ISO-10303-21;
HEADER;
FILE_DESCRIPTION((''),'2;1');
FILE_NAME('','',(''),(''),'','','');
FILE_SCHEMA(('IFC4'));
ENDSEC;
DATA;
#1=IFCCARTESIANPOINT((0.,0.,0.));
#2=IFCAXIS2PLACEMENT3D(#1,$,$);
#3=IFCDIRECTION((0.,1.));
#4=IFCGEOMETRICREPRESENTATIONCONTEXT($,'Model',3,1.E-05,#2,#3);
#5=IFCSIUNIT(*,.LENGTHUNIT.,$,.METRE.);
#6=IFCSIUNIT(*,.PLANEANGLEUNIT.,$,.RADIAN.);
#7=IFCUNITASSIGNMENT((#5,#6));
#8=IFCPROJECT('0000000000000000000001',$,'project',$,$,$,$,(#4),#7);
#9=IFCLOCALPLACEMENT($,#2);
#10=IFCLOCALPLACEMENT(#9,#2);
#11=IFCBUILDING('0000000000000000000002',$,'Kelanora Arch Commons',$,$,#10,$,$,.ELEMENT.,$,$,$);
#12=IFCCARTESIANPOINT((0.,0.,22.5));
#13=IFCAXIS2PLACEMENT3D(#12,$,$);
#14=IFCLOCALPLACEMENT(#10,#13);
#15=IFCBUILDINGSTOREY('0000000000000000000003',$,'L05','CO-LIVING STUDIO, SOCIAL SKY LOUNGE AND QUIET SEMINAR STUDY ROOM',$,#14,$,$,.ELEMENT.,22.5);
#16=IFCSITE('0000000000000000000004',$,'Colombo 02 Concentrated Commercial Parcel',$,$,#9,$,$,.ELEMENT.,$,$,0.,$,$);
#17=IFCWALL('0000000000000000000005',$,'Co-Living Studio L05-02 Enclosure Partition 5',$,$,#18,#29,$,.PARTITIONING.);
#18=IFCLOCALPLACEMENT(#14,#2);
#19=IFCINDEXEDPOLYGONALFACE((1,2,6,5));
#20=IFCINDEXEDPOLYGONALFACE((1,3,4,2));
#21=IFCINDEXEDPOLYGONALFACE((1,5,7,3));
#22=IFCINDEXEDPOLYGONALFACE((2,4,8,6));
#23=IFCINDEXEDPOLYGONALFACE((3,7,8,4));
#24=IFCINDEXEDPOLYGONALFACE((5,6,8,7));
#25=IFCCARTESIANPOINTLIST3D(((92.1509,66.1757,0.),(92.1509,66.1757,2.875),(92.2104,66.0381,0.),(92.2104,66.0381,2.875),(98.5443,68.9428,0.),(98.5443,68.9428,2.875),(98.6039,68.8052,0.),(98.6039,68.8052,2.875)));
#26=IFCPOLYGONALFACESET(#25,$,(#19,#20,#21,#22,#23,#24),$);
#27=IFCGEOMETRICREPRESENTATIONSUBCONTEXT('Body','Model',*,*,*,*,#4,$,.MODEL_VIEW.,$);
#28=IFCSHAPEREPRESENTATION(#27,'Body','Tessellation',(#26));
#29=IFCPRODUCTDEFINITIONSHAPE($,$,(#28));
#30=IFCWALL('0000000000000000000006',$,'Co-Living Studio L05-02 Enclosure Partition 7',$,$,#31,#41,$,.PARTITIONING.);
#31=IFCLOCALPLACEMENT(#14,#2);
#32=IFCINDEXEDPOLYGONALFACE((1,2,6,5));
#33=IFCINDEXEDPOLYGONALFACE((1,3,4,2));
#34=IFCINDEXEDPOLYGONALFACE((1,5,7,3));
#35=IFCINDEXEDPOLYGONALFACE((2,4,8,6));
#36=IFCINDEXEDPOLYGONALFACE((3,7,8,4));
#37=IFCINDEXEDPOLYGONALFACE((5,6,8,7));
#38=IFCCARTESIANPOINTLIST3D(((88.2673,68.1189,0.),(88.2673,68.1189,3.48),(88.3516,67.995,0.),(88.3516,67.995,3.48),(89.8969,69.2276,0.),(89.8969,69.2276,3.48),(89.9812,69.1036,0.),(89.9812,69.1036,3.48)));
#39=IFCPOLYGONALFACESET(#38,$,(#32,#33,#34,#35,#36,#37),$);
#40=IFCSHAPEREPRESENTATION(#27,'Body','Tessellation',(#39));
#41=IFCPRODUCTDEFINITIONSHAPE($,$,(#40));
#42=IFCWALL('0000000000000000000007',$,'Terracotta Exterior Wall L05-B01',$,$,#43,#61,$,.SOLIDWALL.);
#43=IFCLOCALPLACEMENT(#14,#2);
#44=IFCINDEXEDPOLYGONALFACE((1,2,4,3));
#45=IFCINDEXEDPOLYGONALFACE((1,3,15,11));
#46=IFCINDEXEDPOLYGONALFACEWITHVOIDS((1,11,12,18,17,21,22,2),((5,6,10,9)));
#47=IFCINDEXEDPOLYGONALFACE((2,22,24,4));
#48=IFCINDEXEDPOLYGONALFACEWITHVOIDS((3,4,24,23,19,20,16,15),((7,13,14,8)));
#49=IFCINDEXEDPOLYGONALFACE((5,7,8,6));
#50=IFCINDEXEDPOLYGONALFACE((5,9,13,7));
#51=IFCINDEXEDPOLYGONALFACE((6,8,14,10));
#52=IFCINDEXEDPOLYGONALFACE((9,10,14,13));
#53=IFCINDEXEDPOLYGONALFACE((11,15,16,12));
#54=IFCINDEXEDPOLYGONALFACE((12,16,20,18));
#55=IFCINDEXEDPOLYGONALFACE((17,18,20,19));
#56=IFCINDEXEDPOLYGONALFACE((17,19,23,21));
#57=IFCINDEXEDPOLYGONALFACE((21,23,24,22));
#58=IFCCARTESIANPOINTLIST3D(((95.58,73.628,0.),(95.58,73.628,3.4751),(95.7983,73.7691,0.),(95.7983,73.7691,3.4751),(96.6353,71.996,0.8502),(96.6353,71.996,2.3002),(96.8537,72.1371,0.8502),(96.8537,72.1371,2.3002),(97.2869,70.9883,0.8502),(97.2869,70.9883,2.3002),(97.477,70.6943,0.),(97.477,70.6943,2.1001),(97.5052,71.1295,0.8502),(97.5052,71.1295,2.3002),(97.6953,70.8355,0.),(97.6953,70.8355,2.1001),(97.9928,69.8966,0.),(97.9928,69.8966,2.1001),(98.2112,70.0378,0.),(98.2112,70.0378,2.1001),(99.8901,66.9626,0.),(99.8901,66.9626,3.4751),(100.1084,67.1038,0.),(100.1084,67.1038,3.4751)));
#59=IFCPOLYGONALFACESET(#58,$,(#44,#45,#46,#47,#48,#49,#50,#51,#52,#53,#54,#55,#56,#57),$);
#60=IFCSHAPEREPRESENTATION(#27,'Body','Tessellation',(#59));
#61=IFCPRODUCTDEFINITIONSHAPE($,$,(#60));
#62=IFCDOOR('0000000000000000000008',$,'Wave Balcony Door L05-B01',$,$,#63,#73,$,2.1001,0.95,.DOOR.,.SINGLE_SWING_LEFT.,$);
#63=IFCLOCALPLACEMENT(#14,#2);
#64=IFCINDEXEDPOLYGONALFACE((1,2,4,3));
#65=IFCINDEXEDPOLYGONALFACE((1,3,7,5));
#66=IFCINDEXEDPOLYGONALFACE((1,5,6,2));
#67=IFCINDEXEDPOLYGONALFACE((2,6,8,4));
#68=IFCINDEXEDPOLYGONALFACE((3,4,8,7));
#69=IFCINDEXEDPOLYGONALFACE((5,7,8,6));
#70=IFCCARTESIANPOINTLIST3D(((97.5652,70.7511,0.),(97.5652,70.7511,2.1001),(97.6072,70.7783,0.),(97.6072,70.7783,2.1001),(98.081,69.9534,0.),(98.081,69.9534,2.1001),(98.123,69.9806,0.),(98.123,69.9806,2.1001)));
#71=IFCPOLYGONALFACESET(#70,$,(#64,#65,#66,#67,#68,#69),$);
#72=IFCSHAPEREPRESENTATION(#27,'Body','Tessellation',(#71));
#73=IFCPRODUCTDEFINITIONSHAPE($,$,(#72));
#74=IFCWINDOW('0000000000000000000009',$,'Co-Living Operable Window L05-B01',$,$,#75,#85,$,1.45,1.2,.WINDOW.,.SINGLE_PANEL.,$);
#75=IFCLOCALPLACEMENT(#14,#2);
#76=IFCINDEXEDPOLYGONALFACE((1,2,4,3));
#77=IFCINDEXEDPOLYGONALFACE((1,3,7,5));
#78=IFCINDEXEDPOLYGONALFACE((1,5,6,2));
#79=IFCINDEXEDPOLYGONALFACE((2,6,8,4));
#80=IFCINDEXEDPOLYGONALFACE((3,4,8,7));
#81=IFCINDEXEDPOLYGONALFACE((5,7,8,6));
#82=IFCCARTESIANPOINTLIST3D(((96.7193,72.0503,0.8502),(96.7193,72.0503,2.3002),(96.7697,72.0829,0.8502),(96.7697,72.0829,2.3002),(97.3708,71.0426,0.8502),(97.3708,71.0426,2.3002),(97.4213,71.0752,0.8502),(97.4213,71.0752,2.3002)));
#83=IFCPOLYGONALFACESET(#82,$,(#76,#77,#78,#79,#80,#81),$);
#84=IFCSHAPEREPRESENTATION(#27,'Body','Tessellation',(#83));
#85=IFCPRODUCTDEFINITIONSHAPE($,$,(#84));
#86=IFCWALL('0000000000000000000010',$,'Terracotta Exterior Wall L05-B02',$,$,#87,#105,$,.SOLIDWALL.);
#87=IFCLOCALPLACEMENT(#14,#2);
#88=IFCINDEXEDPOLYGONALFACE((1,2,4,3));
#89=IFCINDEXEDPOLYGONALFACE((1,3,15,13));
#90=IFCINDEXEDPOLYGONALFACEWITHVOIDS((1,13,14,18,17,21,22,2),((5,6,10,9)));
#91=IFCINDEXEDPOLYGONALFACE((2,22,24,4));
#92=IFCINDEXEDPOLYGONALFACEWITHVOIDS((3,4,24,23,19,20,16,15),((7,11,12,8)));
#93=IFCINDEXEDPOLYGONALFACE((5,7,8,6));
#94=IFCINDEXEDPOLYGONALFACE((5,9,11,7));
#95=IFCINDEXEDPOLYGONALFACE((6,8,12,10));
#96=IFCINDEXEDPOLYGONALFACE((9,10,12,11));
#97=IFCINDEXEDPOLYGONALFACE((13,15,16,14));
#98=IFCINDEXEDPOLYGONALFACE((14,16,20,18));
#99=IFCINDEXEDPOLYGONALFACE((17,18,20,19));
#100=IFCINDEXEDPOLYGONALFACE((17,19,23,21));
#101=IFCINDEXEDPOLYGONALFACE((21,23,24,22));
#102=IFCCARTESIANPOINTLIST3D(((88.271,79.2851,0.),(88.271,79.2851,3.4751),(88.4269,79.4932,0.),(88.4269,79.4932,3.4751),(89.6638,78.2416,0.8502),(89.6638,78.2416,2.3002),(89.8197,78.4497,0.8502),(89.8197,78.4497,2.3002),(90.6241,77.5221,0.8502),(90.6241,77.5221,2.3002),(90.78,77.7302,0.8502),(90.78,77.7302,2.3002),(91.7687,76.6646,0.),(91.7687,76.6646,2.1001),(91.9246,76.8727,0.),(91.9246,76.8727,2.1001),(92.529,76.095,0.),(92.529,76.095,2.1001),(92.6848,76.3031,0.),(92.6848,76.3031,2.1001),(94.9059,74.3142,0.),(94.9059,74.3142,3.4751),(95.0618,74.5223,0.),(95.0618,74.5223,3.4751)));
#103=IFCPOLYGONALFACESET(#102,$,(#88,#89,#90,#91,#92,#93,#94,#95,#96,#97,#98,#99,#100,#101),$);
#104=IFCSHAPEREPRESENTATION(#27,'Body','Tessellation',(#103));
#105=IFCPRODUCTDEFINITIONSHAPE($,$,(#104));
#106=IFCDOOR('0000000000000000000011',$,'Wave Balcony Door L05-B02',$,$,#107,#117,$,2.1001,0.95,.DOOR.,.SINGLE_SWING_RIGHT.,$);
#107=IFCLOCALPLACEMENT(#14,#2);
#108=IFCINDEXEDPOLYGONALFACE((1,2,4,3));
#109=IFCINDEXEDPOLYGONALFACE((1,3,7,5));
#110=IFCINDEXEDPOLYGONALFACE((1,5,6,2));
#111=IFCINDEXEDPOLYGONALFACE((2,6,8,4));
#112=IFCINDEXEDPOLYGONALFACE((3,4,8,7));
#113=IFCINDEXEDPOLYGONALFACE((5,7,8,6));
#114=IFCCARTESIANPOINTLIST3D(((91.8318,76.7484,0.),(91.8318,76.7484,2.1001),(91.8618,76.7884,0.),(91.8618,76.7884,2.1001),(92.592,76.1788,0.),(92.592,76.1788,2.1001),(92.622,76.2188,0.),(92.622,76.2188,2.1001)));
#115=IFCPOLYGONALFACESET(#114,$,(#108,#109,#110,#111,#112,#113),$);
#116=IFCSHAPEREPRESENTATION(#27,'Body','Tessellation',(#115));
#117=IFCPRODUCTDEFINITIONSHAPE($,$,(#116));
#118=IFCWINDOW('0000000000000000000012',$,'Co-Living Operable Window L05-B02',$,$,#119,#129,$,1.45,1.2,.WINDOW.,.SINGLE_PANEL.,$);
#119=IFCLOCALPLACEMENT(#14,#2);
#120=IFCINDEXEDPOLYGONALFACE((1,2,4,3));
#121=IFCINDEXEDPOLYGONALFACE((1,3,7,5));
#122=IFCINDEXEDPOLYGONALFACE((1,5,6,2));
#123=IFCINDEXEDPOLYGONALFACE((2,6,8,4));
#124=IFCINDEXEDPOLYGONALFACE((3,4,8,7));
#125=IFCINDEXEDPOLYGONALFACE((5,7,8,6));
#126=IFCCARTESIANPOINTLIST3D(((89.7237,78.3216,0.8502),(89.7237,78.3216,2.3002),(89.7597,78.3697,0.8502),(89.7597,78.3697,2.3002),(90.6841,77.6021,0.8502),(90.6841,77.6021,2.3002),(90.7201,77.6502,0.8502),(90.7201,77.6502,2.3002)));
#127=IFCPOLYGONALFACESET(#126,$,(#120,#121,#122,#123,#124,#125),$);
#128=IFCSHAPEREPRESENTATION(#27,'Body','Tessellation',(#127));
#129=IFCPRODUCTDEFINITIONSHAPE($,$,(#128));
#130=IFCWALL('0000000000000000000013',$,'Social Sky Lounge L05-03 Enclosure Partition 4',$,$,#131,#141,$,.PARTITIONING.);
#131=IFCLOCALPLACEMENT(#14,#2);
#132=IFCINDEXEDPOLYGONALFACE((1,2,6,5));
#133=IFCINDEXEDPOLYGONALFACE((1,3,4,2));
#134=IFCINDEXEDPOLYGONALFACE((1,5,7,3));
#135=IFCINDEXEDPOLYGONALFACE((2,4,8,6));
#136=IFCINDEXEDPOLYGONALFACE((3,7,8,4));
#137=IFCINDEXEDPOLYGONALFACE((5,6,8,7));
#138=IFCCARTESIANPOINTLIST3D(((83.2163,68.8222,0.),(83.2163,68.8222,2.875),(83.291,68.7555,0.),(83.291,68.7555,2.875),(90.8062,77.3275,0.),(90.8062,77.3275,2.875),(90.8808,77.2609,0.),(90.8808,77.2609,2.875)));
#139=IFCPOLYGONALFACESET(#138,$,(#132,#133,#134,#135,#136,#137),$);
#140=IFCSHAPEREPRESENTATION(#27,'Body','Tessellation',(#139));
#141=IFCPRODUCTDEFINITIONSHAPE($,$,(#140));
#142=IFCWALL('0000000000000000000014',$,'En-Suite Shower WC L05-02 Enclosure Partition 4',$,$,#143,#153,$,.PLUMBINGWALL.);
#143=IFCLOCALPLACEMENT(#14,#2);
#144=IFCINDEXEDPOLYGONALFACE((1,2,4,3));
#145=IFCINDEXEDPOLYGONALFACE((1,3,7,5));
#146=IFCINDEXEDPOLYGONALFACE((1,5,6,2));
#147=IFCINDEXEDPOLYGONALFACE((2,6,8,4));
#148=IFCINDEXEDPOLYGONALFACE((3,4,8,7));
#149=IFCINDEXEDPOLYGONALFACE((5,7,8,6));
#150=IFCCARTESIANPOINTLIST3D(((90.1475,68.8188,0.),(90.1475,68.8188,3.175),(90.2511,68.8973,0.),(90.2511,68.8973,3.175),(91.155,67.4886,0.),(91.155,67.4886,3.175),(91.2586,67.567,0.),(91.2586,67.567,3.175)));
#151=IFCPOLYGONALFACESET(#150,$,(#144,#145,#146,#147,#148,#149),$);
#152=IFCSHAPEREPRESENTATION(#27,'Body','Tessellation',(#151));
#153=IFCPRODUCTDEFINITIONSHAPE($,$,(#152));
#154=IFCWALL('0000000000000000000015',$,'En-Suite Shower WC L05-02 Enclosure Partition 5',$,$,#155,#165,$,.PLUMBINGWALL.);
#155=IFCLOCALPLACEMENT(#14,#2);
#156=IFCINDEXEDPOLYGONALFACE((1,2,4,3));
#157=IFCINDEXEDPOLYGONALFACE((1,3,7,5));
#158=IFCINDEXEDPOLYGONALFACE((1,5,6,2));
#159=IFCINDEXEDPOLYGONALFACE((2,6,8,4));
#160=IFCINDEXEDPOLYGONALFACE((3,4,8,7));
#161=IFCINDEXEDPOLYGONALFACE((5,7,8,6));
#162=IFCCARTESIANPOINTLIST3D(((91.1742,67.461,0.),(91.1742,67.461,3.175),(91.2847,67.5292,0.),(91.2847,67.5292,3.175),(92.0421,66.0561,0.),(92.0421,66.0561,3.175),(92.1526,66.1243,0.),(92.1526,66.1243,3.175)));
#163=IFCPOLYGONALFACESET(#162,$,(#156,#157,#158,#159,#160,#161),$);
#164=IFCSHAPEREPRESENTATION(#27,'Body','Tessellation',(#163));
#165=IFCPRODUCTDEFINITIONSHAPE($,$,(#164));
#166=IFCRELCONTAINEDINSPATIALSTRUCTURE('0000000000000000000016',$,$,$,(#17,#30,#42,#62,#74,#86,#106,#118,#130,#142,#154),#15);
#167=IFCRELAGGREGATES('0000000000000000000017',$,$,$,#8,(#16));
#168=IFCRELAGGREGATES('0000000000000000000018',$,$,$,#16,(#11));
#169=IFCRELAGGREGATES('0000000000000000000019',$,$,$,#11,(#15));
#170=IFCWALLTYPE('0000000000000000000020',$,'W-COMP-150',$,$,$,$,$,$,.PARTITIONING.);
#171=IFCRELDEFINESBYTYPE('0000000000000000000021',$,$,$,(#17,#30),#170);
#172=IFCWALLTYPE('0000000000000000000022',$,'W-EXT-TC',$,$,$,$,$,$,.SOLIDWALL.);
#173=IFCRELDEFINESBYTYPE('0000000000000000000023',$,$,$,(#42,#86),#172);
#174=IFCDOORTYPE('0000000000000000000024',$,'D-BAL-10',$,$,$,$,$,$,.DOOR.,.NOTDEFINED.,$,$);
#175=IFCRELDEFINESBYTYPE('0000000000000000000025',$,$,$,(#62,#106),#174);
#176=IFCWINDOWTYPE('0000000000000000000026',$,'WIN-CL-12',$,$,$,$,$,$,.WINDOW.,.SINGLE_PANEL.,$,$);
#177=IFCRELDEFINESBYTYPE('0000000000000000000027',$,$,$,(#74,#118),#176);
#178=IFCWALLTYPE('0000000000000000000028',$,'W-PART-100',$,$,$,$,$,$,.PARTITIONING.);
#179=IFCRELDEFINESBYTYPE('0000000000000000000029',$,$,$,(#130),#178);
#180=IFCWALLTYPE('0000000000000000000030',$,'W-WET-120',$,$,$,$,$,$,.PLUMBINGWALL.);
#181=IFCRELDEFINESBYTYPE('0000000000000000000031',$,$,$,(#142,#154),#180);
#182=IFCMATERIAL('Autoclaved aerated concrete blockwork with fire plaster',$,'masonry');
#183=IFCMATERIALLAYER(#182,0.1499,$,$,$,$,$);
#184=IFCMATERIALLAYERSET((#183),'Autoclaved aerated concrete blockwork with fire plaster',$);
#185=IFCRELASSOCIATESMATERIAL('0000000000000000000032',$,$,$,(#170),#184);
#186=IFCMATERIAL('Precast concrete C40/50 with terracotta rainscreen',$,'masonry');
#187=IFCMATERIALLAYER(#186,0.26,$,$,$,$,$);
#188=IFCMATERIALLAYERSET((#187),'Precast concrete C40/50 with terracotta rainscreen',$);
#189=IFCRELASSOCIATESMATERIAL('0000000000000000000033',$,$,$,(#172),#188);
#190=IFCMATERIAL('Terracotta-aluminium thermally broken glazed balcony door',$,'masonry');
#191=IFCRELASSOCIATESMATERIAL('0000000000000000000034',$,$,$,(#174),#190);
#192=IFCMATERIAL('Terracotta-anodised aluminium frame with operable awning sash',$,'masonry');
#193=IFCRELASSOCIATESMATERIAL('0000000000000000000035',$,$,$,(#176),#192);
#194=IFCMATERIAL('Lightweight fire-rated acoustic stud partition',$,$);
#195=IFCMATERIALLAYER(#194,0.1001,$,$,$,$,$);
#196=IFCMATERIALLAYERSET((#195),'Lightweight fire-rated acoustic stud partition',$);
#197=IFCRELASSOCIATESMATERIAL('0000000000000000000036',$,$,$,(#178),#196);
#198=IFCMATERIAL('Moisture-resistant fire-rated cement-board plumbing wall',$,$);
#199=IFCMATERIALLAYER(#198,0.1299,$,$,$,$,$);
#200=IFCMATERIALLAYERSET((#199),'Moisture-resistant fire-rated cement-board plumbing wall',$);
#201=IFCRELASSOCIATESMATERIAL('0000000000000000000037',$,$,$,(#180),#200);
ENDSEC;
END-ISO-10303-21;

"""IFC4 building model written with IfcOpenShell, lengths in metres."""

from ifc_helpers import new_model, si_unit, direction, frame, frame_2d, origin, place, context, subcontext, project, spatial, rectangle, extrude, material, layer, layer_set, type_object, element, fill, save


model = new_model("IFC4")

# Units and contexts
model_context = context("Model", 3, precision=1e-05, world=origin(), true_north=direction((0.0, 1.0)))
body_context = subcontext(model_context, "Body", "Model", "MODEL_VIEW")
ifc_project = project(units=[si_unit("LENGTHUNIT", "METRE"), si_unit("PLANEANGLEUNIT", "RADIAN")], contexts=[model_context])

# Site, building, storey
site_placement = place(None, origin())
site = spatial("IfcSite", under=ifc_project, at=site_placement, Name="Colombo 02 Concentrated Commercial Parcel", CompositionType="ELEMENT", RefElevation=0.0)
building_placement = place(site_placement, origin())
building = spatial("IfcBuilding", under=site, at=building_placement, Name="Kelanora Arch Commons", CompositionType="ELEMENT")
storey_placement = place(building_placement, frame((0.0, 0.0, 22.5)))
storey = spatial("IfcBuildingStorey", under=building, at=storey_placement, Name="L05", Description="CO-LIVING STUDIO, SOCIAL SKY LOUNGE AND QUIET SEMINAR STUDY ROOM", CompositionType="ELEMENT", Elevation=22.5)

# Walls
ifc_material_1 = material(Name="Autoclaved aerated concrete blockwork with fire plaster", Category="masonry")
ifc_layer_1 = layer(ifc_material_1, 0.1499)
ifc_layer_set_1 = layer_set([ifc_layer_1], Name="Autoclaved aerated concrete blockwork with fire plaster")
wall_type_1 = type_object("IfcWallType", Name="W-COMP-150", PredefinedType="PARTITIONING", material=ifc_layer_set_1)
wall_1_placement = place(storey_placement, frame((98.5742, 68.874, 0.0), z_axis=(0.0, 0.0, 1.0), x_axis=(-0.917736, -0.39719, 0.0)))
element("IfcWall", 1, at=wall_1_placement, inside=storey, type_object=wall_type_1, Name="Co-Living Studio L05-02 Enclosure Partition 5", PredefinedType="PARTITIONING", context=body_context, shape_type="SweptSolid", body=[
    extrude(rectangle(XDim=6.9666, YDim=0.1499, at=frame_2d((3.4834, 0.0))), origin(), (0.0, 0.0, 1.0), 2.875),
])
wall_2_placement = place(storey_placement, frame((89.939, 69.1655, 0.0), z_axis=(0.0, 0.0, 1.0), x_axis=(-0.826811, -0.562479, 0.0)))
element("IfcWall", 2, at=wall_2_placement, inside=storey, type_object=wall_type_1, Name="Co-Living Studio L05-02 Enclosure Partition 7", PredefinedType="PARTITIONING", context=body_context, shape_type="SweptSolid", body=[
    extrude(rectangle(XDim=1.9709, YDim=0.1499, at=frame_2d((0.9854, 0.0))), origin(), (0.0, 0.0, 1.0), 3.48),
])

# Walls, openings, doors, windows
ifc_material_2 = material(Name="Precast concrete C40/50 with terracotta rainscreen", Category="masonry")
ifc_layer_2 = layer(ifc_material_2, 0.26)
ifc_layer_set_2 = layer_set([ifc_layer_2], Name="Precast concrete C40/50 with terracotta rainscreen")
wall_type_2 = type_object("IfcWallType", Name="W-EXT-TC", PredefinedType="SOLIDWALL", material=ifc_layer_set_2)
wall_3_placement = place(storey_placement, frame((99.9993, 67.0332, 0.0), z_axis=(0.0, 0.0, 1.0), x_axis=(-0.543005, 0.839729, 0.0)))
wall_3 = element("IfcWall", 3, at=wall_3_placement, inside=storey, type_object=wall_type_2, Name="Terracotta Exterior Wall L05-B01", PredefinedType="SOLIDWALL", context=body_context, shape_type="SweptSolid", body=[
    extrude(rectangle(XDim=7.9375, YDim=0.26, at=frame_2d((3.9688, 0.0))), origin(), (0.0, 0.0, 1.0), 3.4751),
])
opening_1_placement = place(wall_3_placement, frame((3.4939, 0.0, 0.0)))
opening_1 = element("IfcOpeningElement", 4, at=opening_1_placement, cuts=wall_3, PredefinedType="OPENING", context=body_context, shape_type="SweptSolid", body=[
    extrude(rectangle(XDim=0.95, YDim=2.1001, at=frame_2d((0.4751, 1.05))), frame((0.0, 0.1401, 0.0), z_axis=(0.0, -1.0, 0.0), x_axis=(1.0, 0.0, 0.0)), (0.0, 0.0, 1.0), 0.28),
])
opening_2_placement = place(wall_3_placement, frame((4.7939, 0.0, 0.8501)))
opening_2 = element("IfcOpeningElement", 5, at=opening_2_placement, cuts=wall_3, PredefinedType="OPENING", context=body_context, shape_type="SweptSolid", body=[
    extrude(rectangle(XDim=1.2, YDim=1.45, at=frame_2d((0.6001, 0.7251))), frame((0.0, 0.1401, 0.0), z_axis=(0.0, -1.0, 0.0), x_axis=(1.0, 0.0, 0.0)), (0.0, 0.0, 1.0), 0.28),
])
ifc_material_3 = material(Name="Terracotta-aluminium thermally broken glazed balcony door", Category="masonry")
door_type = type_object("IfcDoorType", Name="D-BAL-10", OperationType="NOTDEFINED", PredefinedType="DOOR", material=ifc_material_3)
door_1_placement = place(opening_1_placement, frame((0.95, 0.0, 0.0), z_axis=(0.0, 0.0, 1.0), x_axis=(-1.0, 0.0, 0.0)))
door_1 = element("IfcDoor", 6, at=door_1_placement, inside=storey, type_object=door_type, Name="Wave Balcony Door L05-B01", OperationType="SINGLE_SWING_LEFT", OverallHeight=2.1001, OverallWidth=0.95, PredefinedType="DOOR", context=body_context, shape_type="SweptSolid", body=[
    extrude(rectangle(XDim=0.95, YDim=2.1001, at=frame_2d((0.4751, 1.05))), frame((0.0, 0.0249, 0.0), z_axis=(0.0, -1.0, 0.0), x_axis=(1.0, 0.0, 0.0)), (0.0, 0.0, 1.0), 0.05),
])
fill(opening_1, door_1)
ifc_material_4 = material(Name="Terracotta-anodised aluminium frame with operable awning sash", Category="masonry")
window_type = type_object("IfcWindowType", Name="WIN-CL-12", PartitioningType="SINGLE_PANEL", PredefinedType="WINDOW", material=ifc_material_4)
window_1_placement = place(opening_2_placement, origin())
window_1 = element("IfcWindow", 7, at=window_1_placement, inside=storey, type_object=window_type, Name="Co-Living Operable Window L05-B01", OverallHeight=1.45, OverallWidth=1.2, PartitioningType="SINGLE_PANEL", PredefinedType="WINDOW", context=body_context, shape_type="SweptSolid", body=[
    extrude(rectangle(XDim=1.2, YDim=1.45, at=frame_2d((0.6001, 0.7251))), frame((0.0, 0.03, 0.0), z_axis=(0.0, -1.0, 0.0), x_axis=(1.0, 0.0, 0.0)), (0.0, 0.0, 1.0), 0.0601),
])
fill(opening_2, window_1)
wall_4_placement = place(storey_placement, frame((94.9839, 74.4182, 0.0), z_axis=(0.0, 0.0, 1.0), x_axis=(-0.800307, 0.59959, 0.0)))
wall_4 = element("IfcWall", 8, at=wall_4_placement, inside=storey, type_object=wall_type_2, Name="Terracotta Exterior Wall L05-B02", PredefinedType="SOLIDWALL", context=body_context, shape_type="SweptSolid", body=[
    extrude(rectangle(XDim=8.2905, YDim=0.26, at=frame_2d((4.1453, 0.0))), origin(), (0.0, 0.0, 1.0), 3.4751),
])
opening_3_placement = place(wall_4_placement, frame((2.97, 0.0, 0.0)))
opening_3 = element("IfcOpeningElement", 9, at=opening_3_placement, cuts=wall_4, PredefinedType="OPENING", context=body_context, shape_type="SweptSolid", body=[
    extrude(rectangle(XDim=0.95, YDim=2.1001, at=frame_2d((0.4751, 1.05))), frame((0.0, 0.1401, 0.0), z_axis=(0.0, -1.0, 0.0), x_axis=(1.0, 0.0, 0.0)), (0.0, 0.0, 1.0), 0.28),
])
opening_4_placement = place(wall_4_placement, frame((5.3501, 0.0, 0.8501)))
opening_4 = element("IfcOpeningElement", 10, at=opening_4_placement, cuts=wall_4, PredefinedType="OPENING", context=body_context, shape_type="SweptSolid", body=[
    extrude(rectangle(XDim=1.2, YDim=1.45, at=frame_2d((0.6001, 0.7251))), frame((0.0, 0.1401, 0.0), z_axis=(0.0, -1.0, 0.0), x_axis=(1.0, 0.0, 0.0)), (0.0, 0.0, 1.0), 0.28),
])
door_2_placement = place(opening_3_placement, frame((0.95, 0.0, 0.0), z_axis=(0.0, 0.0, 1.0), x_axis=(-1.0, 0.0, 0.0)))
door_2 = element("IfcDoor", 11, at=door_2_placement, inside=storey, type_object=door_type, Name="Wave Balcony Door L05-B02", OperationType="SINGLE_SWING_RIGHT", OverallHeight=2.1001, OverallWidth=0.95, PredefinedType="DOOR", context=body_context, shape_type="SweptSolid", body=[
    extrude(rectangle(XDim=0.95, YDim=2.1001, at=frame_2d((0.4751, 1.05))), frame((0.0, 0.0249, 0.0), z_axis=(0.0, -1.0, 0.0), x_axis=(1.0, 0.0, 0.0)), (0.0, 0.0, 1.0), 0.05),
])
fill(opening_3, door_2)
window_2_placement = place(opening_4_placement, origin())
window_2 = element("IfcWindow", 12, at=window_2_placement, inside=storey, type_object=window_type, Name="Co-Living Operable Window L05-B02", OverallHeight=1.45, OverallWidth=1.2, PartitioningType="SINGLE_PANEL", PredefinedType="WINDOW", context=body_context, shape_type="SweptSolid", body=[
    extrude(rectangle(XDim=1.2, YDim=1.45, at=frame_2d((0.6001, 0.7251))), frame((0.0, 0.03, 0.0), z_axis=(0.0, -1.0, 0.0), x_axis=(1.0, 0.0, 0.0)), (0.0, 0.0, 1.0), 0.0601),
])
fill(opening_4, window_2)

# Walls
ifc_material_5 = material(Name="Lightweight fire-rated acoustic stud partition")
ifc_layer_3 = layer(ifc_material_5, 0.1001)
ifc_layer_set_3 = layer_set([ifc_layer_3], Name="Lightweight fire-rated acoustic stud partition")
wall_type_3 = type_object("IfcWallType", Name="W-PART-100", PredefinedType="PARTITIONING", material=ifc_layer_set_3)
wall_5_placement = place(storey_placement, frame((90.8435, 77.2942, 0.0), z_axis=(0.0, 0.0, 1.0), x_axis=(-0.665809, -0.746122, 0.0)))
element("IfcWall", 13, at=wall_5_placement, inside=storey, type_object=wall_type_3, Name="Social Sky Lounge L05-03 Enclosure Partition 4", PredefinedType="PARTITIONING", context=body_context, shape_type="SweptSolid", body=[
    extrude(rectangle(XDim=11.3994, YDim=0.1001, at=frame_2d((5.6997, 0.0))), origin(), (0.0, 0.0, 1.0), 2.875),
])
ifc_material_6 = material(Name="Moisture-resistant fire-rated cement-board plumbing wall")
ifc_layer_4 = layer(ifc_material_6, 0.1299)
ifc_layer_set_4 = layer_set([ifc_layer_4], Name="Moisture-resistant fire-rated cement-board plumbing wall")
wall_type_4 = type_object("IfcWallType", Name="W-WET-120", PredefinedType="PLUMBINGWALL", material=ifc_layer_set_4)
wall_6_placement = place(storey_placement, frame((90.1992, 68.8582, 0.0), z_axis=(0.0, 0.0, 1.0), x_axis=(0.603762, -0.797165, 0.0)))
element("IfcWall", 14, at=wall_6_placement, inside=storey, type_object=wall_type_4, Name="En-Suite Shower WC L05-02 Enclosure Partition 4", PredefinedType="PLUMBINGWALL", context=body_context, shape_type="SweptSolid", body=[
    extrude(rectangle(XDim=1.6687, YDim=0.1299, at=frame_2d((0.8345, 0.0))), origin(), (0.0, 0.0, 1.0), 3.175),
])
wall_7_placement = place(storey_placement, frame((91.2295, 67.4951, 0.0), z_axis=(0.0, 0.0, 1.0), x_axis=(0.52554, -0.850769, 0.0)))
element("IfcWall", 15, at=wall_7_placement, inside=storey, type_object=wall_type_4, Name="En-Suite Shower WC L05-02 Enclosure Partition 5", PredefinedType="PLUMBINGWALL", context=body_context, shape_type="SweptSolid", body=[
    extrude(rectangle(XDim=1.6514, YDim=0.1299, at=frame_2d((0.8257, 0.0))), origin(), (0.0, 0.0, 1.0), 3.175),
])

save(model, "model.ifc")
